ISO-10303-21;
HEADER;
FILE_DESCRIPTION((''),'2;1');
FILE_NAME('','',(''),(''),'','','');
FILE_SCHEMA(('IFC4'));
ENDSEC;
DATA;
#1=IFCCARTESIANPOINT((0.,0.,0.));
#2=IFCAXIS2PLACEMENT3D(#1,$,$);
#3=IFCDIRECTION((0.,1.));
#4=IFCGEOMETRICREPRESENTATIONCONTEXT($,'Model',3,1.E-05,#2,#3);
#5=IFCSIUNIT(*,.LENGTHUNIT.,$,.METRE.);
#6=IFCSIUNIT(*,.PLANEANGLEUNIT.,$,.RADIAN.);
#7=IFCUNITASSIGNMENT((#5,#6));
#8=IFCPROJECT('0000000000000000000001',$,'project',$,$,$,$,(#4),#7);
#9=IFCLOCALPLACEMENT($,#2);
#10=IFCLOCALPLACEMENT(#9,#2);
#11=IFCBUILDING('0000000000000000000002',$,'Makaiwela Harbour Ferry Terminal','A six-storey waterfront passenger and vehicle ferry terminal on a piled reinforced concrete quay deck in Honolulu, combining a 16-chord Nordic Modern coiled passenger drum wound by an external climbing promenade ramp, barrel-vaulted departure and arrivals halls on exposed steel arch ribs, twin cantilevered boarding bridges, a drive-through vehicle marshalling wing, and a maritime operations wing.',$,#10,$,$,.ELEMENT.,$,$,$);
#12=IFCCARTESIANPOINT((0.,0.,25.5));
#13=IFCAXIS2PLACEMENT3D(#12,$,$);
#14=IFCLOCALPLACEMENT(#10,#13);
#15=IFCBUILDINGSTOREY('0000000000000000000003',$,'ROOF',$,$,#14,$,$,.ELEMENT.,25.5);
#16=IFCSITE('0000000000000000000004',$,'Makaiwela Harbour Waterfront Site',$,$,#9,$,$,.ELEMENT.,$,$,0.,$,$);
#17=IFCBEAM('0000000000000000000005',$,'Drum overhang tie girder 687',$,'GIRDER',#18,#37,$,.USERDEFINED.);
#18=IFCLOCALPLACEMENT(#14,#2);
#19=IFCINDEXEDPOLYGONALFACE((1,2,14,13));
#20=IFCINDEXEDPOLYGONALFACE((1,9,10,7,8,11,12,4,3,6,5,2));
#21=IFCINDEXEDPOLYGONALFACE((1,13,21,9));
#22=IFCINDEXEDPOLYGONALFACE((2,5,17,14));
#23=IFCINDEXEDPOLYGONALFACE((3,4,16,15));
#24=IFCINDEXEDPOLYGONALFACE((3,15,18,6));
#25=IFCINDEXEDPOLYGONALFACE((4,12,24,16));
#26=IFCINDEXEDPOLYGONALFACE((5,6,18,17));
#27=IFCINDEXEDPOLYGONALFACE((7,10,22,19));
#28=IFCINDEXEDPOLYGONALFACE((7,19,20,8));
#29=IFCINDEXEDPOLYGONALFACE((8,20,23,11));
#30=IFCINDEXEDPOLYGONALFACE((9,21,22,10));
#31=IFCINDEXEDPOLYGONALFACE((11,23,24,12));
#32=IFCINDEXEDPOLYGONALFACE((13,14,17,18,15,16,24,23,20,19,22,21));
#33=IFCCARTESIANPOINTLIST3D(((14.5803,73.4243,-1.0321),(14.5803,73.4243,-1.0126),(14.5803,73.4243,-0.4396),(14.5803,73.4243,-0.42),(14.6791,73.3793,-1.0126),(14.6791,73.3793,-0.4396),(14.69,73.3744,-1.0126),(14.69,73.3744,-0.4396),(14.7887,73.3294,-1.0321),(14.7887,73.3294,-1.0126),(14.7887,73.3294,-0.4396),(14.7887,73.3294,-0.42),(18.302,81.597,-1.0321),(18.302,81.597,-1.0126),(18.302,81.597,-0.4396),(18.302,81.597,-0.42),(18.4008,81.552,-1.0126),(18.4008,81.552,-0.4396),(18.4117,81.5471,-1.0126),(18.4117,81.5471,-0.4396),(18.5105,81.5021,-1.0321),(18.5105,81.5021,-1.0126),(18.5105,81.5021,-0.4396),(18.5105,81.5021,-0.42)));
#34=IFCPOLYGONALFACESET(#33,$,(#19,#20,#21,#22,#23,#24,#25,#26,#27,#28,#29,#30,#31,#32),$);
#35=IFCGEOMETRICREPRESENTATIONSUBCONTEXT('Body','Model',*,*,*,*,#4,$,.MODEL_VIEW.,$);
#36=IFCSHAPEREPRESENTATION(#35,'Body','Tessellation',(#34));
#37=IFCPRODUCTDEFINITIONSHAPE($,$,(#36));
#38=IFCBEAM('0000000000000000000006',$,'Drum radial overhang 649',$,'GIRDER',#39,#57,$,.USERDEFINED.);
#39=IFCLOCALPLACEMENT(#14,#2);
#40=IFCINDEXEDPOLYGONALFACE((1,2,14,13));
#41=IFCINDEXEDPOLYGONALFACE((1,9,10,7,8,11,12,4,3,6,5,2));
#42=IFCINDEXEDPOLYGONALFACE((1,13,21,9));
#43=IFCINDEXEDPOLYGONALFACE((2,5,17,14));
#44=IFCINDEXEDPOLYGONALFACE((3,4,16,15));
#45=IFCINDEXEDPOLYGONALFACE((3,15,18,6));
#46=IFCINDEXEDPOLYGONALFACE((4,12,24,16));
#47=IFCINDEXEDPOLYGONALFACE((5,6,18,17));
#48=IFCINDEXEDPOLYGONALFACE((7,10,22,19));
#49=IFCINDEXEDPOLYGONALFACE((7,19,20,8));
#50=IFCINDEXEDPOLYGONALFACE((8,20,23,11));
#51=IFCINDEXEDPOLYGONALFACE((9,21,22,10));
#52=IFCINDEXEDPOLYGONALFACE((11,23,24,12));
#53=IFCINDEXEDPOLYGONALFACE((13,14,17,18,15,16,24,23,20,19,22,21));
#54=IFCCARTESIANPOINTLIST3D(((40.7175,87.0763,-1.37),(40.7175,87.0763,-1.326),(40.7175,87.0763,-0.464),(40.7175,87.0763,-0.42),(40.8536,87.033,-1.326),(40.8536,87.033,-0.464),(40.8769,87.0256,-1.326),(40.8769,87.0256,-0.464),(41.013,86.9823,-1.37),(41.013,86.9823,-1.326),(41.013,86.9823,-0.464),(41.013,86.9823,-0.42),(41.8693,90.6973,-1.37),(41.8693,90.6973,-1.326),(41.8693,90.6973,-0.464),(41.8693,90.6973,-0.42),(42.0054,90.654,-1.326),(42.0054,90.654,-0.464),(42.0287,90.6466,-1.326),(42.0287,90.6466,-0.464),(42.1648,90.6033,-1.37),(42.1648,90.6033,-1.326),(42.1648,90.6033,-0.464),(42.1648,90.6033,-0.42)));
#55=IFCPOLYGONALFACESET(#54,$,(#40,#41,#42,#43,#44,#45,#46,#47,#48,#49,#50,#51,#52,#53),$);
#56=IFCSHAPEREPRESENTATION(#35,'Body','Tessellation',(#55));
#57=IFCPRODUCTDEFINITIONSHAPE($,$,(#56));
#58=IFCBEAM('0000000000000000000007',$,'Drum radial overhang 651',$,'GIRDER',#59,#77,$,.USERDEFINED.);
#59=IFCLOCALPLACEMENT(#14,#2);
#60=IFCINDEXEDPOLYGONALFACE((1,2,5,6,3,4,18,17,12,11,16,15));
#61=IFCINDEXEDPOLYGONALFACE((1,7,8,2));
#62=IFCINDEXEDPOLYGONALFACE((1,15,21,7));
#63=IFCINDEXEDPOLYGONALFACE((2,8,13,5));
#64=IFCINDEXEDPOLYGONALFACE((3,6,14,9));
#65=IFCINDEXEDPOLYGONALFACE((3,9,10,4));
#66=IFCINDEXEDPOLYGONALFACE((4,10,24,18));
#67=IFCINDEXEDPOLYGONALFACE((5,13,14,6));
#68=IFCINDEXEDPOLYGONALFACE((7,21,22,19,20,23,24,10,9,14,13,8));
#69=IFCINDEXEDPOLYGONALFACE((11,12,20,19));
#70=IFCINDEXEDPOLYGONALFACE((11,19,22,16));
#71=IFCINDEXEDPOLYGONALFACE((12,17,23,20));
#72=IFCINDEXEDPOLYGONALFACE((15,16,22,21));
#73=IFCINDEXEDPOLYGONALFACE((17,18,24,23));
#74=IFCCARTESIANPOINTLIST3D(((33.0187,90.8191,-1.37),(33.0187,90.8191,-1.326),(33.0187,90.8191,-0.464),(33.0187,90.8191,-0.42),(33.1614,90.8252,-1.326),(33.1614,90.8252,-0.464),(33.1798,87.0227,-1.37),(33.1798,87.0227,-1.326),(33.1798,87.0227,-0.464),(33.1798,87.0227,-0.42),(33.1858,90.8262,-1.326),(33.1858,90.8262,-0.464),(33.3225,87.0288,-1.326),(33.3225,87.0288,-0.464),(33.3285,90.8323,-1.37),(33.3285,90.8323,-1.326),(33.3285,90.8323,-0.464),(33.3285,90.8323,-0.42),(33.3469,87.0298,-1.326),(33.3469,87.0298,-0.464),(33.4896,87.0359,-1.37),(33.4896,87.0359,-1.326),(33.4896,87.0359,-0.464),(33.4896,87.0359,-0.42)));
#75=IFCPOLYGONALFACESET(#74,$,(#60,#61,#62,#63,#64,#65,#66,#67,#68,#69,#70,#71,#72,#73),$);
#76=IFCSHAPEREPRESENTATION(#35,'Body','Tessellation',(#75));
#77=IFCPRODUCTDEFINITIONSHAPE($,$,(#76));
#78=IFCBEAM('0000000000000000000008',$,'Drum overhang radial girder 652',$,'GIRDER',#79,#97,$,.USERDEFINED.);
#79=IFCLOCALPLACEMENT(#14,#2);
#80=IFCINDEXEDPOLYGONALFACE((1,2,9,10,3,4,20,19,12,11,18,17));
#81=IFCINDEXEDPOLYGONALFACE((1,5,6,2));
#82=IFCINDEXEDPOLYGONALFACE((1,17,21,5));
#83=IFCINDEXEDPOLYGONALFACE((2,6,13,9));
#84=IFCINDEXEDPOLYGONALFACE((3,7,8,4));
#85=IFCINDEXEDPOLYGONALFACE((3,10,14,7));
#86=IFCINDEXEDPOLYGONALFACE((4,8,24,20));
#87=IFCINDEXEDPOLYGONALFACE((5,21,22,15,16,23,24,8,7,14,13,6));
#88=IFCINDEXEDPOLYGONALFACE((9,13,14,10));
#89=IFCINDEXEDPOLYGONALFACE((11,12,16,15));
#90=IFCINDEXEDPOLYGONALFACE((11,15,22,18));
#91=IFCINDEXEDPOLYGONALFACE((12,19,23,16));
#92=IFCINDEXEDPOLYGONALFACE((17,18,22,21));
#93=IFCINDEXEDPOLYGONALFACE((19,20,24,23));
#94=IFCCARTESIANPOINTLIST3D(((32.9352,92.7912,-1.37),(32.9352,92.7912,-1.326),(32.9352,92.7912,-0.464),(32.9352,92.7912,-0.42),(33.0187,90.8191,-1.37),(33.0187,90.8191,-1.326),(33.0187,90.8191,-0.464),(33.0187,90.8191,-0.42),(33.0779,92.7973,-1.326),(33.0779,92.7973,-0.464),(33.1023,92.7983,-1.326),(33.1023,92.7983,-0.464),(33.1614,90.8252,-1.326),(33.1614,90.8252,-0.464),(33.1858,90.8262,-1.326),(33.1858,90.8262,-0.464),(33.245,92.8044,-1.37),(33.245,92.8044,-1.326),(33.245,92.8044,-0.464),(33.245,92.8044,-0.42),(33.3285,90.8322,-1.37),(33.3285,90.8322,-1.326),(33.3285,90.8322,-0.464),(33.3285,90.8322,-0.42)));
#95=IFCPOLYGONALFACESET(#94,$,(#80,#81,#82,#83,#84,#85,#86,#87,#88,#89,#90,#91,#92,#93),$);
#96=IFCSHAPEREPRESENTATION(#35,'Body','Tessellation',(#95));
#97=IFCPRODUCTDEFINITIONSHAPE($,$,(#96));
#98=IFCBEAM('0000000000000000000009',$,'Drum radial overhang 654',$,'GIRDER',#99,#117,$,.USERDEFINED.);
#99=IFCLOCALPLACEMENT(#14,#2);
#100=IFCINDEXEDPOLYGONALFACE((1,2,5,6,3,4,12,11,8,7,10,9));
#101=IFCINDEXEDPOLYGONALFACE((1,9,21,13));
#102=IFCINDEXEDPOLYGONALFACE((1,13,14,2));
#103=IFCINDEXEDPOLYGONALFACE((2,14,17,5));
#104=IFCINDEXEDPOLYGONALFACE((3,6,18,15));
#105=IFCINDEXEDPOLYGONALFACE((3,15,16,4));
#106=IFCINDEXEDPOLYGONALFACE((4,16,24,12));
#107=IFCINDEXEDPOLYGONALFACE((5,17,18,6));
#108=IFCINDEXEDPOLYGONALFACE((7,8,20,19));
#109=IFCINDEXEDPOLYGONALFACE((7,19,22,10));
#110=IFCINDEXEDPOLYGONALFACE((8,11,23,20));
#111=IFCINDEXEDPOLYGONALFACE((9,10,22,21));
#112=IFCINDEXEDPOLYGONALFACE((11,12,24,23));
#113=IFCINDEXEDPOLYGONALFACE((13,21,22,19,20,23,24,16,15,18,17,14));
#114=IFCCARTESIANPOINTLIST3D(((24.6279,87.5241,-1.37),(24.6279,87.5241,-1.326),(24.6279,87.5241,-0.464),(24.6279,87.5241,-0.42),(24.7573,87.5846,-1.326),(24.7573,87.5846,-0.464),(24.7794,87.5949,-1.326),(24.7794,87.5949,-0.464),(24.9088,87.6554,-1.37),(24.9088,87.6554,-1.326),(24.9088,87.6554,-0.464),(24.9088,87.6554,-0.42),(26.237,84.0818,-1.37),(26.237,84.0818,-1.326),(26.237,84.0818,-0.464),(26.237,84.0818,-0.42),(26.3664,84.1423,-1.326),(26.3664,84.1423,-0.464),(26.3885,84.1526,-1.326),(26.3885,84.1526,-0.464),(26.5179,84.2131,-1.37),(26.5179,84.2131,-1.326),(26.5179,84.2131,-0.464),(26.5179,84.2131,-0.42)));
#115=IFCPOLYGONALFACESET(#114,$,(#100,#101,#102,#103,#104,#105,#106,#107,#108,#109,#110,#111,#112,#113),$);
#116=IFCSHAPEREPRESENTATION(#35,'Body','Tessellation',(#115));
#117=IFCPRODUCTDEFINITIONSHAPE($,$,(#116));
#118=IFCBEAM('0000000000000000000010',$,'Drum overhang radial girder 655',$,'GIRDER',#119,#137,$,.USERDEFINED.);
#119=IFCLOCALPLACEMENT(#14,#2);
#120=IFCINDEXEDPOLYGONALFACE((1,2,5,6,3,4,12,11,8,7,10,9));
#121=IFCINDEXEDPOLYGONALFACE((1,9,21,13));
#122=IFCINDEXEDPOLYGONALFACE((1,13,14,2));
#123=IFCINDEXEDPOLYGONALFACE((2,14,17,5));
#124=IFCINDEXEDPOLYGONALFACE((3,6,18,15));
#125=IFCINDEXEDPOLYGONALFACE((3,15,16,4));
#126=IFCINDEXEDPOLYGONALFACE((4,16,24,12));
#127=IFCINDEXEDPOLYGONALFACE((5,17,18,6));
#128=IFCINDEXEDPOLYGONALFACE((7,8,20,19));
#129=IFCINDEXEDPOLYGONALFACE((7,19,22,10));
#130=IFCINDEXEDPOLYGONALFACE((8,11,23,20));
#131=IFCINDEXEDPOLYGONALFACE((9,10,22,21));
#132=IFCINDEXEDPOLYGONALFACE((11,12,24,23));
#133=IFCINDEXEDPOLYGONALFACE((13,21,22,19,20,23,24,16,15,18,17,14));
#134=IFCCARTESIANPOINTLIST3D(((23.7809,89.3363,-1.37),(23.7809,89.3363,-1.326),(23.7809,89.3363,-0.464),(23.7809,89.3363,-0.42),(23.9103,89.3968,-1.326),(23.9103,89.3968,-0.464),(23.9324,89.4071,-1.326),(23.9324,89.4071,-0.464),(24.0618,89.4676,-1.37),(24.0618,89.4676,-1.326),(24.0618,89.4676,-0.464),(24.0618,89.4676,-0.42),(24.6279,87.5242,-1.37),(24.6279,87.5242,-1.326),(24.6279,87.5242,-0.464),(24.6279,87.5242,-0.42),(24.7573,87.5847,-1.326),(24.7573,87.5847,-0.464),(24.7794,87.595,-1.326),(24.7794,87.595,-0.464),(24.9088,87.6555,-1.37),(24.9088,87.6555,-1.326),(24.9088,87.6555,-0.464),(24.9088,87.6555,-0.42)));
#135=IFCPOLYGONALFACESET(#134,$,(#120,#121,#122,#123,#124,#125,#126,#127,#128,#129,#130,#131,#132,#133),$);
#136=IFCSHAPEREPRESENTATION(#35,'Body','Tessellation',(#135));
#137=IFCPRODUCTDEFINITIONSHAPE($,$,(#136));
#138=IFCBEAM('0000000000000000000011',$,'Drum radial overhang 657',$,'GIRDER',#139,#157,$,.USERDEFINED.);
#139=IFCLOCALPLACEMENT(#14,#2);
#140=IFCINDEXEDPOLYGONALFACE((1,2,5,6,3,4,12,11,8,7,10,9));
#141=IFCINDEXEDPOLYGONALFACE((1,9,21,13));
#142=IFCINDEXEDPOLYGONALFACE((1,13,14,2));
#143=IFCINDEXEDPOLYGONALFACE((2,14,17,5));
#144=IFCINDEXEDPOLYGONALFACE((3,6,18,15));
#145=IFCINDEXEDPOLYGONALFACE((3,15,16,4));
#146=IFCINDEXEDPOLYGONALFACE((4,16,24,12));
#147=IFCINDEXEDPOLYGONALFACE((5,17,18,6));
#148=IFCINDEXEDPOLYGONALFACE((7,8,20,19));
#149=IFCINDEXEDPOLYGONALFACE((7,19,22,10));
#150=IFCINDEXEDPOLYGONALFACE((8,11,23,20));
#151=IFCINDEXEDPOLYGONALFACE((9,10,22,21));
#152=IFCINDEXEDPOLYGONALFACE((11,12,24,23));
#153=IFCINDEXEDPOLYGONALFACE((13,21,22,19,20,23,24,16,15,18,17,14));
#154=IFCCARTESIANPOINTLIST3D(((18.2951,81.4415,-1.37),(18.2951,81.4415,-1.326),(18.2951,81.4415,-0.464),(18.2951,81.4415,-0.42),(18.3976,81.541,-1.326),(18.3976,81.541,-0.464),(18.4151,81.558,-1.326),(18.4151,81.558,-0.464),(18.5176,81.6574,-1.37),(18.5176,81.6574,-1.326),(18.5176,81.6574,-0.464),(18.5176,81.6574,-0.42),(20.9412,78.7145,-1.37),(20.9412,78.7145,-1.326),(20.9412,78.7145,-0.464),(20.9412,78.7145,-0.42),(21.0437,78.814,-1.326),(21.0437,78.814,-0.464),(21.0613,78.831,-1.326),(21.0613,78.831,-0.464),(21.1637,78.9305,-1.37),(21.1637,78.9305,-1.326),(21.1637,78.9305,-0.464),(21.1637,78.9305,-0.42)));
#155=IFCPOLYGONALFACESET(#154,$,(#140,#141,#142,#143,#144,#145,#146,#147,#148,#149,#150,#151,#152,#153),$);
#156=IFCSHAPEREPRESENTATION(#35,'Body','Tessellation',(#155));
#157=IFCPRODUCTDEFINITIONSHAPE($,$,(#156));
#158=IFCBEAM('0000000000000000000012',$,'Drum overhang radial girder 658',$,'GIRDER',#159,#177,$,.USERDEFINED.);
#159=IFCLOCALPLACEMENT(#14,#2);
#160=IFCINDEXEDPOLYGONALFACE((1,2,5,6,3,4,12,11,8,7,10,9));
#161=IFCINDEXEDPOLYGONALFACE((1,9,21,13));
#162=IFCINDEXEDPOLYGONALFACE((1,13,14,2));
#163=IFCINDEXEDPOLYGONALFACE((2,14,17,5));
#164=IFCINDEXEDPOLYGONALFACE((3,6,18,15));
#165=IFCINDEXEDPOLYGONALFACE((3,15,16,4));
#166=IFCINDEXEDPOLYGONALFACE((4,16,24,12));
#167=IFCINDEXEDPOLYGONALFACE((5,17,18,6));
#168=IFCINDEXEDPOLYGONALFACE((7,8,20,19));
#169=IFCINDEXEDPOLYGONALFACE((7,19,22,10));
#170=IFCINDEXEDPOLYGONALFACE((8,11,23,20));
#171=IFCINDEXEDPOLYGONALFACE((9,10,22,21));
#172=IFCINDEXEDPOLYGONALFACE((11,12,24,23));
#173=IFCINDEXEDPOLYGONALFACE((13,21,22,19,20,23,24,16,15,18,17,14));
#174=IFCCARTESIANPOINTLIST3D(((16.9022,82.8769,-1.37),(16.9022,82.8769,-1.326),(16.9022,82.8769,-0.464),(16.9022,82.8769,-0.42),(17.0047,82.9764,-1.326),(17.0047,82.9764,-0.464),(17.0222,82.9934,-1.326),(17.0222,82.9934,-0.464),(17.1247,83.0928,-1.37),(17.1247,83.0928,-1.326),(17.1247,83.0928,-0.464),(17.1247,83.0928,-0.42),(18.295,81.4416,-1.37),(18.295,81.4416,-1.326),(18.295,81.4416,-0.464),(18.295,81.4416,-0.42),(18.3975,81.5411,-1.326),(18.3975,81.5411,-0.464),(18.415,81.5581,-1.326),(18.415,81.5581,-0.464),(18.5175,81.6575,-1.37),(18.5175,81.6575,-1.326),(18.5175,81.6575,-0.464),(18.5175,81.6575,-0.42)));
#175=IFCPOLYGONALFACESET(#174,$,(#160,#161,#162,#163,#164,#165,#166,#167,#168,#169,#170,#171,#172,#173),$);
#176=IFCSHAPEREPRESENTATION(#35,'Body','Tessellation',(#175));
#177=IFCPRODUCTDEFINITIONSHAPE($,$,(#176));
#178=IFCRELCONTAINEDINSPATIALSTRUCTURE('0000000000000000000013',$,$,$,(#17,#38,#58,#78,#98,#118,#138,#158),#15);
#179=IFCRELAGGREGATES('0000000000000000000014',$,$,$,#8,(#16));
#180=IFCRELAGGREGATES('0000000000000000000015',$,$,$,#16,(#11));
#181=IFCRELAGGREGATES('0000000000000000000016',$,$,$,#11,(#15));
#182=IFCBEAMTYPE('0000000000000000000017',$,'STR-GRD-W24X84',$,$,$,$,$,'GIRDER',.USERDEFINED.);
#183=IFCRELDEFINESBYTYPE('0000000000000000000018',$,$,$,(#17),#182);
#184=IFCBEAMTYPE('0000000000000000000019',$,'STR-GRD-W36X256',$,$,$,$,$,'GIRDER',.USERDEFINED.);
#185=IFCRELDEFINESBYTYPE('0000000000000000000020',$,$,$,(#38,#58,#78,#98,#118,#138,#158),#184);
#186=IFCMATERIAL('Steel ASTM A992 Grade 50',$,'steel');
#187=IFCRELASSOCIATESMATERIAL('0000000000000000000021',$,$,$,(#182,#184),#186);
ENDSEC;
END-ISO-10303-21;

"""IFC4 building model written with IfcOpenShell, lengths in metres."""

from ifc_helpers import new_model, si_unit, direction, frame, origin, origin_2d, place, context, subcontext, project, spatial, i_section, extrude, material, material_profile, profile_set, type_object, element, save


model = new_model("IFC4")

# Units and contexts
model_context = context("Model", 3, precision=1e-05, world=origin(), true_north=direction((0.0, 1.0)))
body_context = subcontext(model_context, "Body", "Model", "MODEL_VIEW")
ifc_project = project(units=[si_unit("LENGTHUNIT", "METRE"), si_unit("PLANEANGLEUNIT", "RADIAN")], contexts=[model_context])

# Site, building, storey
site_placement = place(None, origin())
site = spatial("IfcSite", under=ifc_project, at=site_placement, Name="Makaiwela Harbour Waterfront Site", CompositionType="ELEMENT", RefElevation=0.0)
building_placement = place(site_placement, origin())
building = spatial("IfcBuilding", under=site, at=building_placement, Name="Makaiwela Harbour Ferry Terminal", Description="A six-storey waterfront passenger and vehicle ferry terminal on a piled reinforced concrete quay deck in Honolulu, combining a 16-chord Nordic Modern coiled passenger drum wound by an external climbing promenade ramp, barrel-vaulted departure and arrivals halls on exposed steel arch ribs, twin cantilevered boarding bridges, a drive-through vehicle marshalling wing, and a maritime operations wing.", CompositionType="ELEMENT")
storey_placement = place(building_placement, frame((0.0, 0.0, 25.5)))
storey = spatial("IfcBuildingStorey", under=building, at=storey_placement, Name="ROOF", CompositionType="ELEMENT", Elevation=25.5)

# Beams
ifc_material_1 = material(Name="Steel ASTM A992 Grade 50", Category="steel")
ifc_material_profile_1 = material_profile(ifc_material_1, i_section(OverallWidth=0.229, OverallDepth=0.6121, WebThickness=0.012, FlangeThickness=0.0195, at=origin_2d()), Name="W24X84")
ifc_profile_set_1 = profile_set([ifc_material_profile_1], Name="Steel ASTM A992 Grade 50")
beam_type_1 = type_object("IfcBeamType", Name="STR-GRD-W24X84", ElementType="GIRDER", PredefinedType="USERDEFINED", material=ifc_profile_set_1)
beam_1_placement = place(storey_placement, frame((18.4062, 81.5496, -0.7261), z_axis=(-0.414436, -0.910079, 0.0), x_axis=(0.910079, -0.414436, 0.0)))
element("IfcBeam", 1, at=beam_1_placement, inside=storey, type_object=beam_type_1, Name="Drum overhang tie girder 687", ObjectType="GIRDER", PredefinedType="USERDEFINED", context=body_context, shape_type="SweptSolid", body=[
    extrude(i_section(OverallWidth=0.229, OverallDepth=0.6121, WebThickness=0.012, FlangeThickness=0.0195, at=origin_2d()), origin(), (0.0, 0.0, 1.0), 8.9802),
])
ifc_material_profile_2 = material_profile(ifc_material_1, i_section(OverallWidth=0.3101, OverallDepth=0.95, WebThickness=0.0244, FlangeThickness=0.0439, at=origin_2d()), Name="W36X256")
ifc_profile_set_2 = profile_set([ifc_material_profile_2], Name="Steel ASTM A992 Grade 50")
beam_type_2 = type_object("IfcBeamType", Name="STR-GRD-W36X256", ElementType="GIRDER", PredefinedType="USERDEFINED", material=ifc_profile_set_2)
for number, where, z_axis, x_axis, name in (
    (2, (40.8652, 87.0293, -0.895), (0.303129, 0.952949, 0.0), (-0.952949, 0.303129, 0.0), "Drum radial overhang 649"),
    (3, (33.3347, 87.0293, -0.895), (-0.042406, 0.9991, 0.0), (-0.9991, -0.042406, 0.0), "Drum radial overhang 651"),
):
    element("IfcBeam", number, at=place(storey_placement, frame(where, z_axis=z_axis, x_axis=x_axis)), inside=storey, type_object=beam_type_2, Name=name, ObjectType="GIRDER", PredefinedType="USERDEFINED", context=body_context, shape_type="SweptSolid", body=[
        extrude(i_section(OverallWidth=0.3101, OverallDepth=0.95, WebThickness=0.0244, FlangeThickness=0.0439, at=origin_2d()), origin(), (0.0, 0.0, 1.0), 3.7998),
    ])
beam_2_placement = place(storey_placement, frame((33.1736, 90.8257, -0.895), z_axis=(-0.042299, 0.999105, 0.0), x_axis=(-0.999105, -0.042299, 0.0)))
element("IfcBeam", 4, at=beam_2_placement, inside=storey, type_object=beam_type_2, Name="Drum overhang radial girder 652", ObjectType="GIRDER", PredefinedType="USERDEFINED", context=body_context, shape_type="SweptSolid", body=[
    extrude(i_section(OverallWidth=0.3101, OverallDepth=0.95, WebThickness=0.0244, FlangeThickness=0.0439, at=origin_2d()), origin(), (0.0, 0.0, 1.0), 1.9739),
])
beam_3_placement = place(storey_placement, frame((26.3774, 84.1475, -0.895), z_axis=(-0.423466, 0.905912, 0.0), x_axis=(-0.905912, -0.423466, 0.0)))
element("IfcBeam", 5, at=beam_3_placement, inside=storey, type_object=beam_type_2, Name="Drum radial overhang 654", ObjectType="GIRDER", PredefinedType="USERDEFINED", context=body_context, shape_type="SweptSolid", body=[
    extrude(i_section(OverallWidth=0.3101, OverallDepth=0.95, WebThickness=0.0244, FlangeThickness=0.0439, at=origin_2d()), origin(), (0.0, 0.0, 1.0), 3.7998),
])
beam_4_placement = place(storey_placement, frame((24.7683, 87.5898, -0.895), z_axis=(-0.423427, 0.90593, 0.0), x_axis=(-0.90593, -0.423427, 0.0)))
element("IfcBeam", 6, at=beam_4_placement, inside=storey, type_object=beam_type_2, Name="Drum overhang radial girder 655", ObjectType="GIRDER", PredefinedType="USERDEFINED", context=body_context, shape_type="SweptSolid", body=[
    extrude(i_section(OverallWidth=0.3101, OverallDepth=0.95, WebThickness=0.0244, FlangeThickness=0.0439, at=origin_2d()), origin(), (0.0, 0.0, 1.0), 2.0002),
])
beam_5_placement = place(storey_placement, frame((21.0525, 78.8225, -0.895), z_axis=(-0.696394, 0.71766, 0.0), x_axis=(-0.71766, -0.696394, 0.0)))
element("IfcBeam", 7, at=beam_5_placement, inside=storey, type_object=beam_type_2, Name="Drum radial overhang 657", ObjectType="GIRDER", PredefinedType="USERDEFINED", context=body_context, shape_type="SweptSolid", body=[
    extrude(i_section(OverallWidth=0.3101, OverallDepth=0.95, WebThickness=0.0244, FlangeThickness=0.0439, at=origin_2d()), origin(), (0.0, 0.0, 1.0), 3.7998),
])
beam_6_placement = place(storey_placement, frame((18.4062, 81.5496, -0.895), z_axis=(-0.696407, 0.717647, 0.0), x_axis=(-0.717647, -0.696407, 0.0)))
element("IfcBeam", 8, at=beam_6_placement, inside=storey, type_object=beam_type_2, Name="Drum overhang radial girder 658", ObjectType="GIRDER", PredefinedType="USERDEFINED", context=body_context, shape_type="SweptSolid", body=[
    extrude(i_section(OverallWidth=0.3101, OverallDepth=0.95, WebThickness=0.0244, FlangeThickness=0.0439, at=origin_2d()), origin(), (0.0, 0.0, 1.0), 2.0),
])

save(model, "model.ifc")
